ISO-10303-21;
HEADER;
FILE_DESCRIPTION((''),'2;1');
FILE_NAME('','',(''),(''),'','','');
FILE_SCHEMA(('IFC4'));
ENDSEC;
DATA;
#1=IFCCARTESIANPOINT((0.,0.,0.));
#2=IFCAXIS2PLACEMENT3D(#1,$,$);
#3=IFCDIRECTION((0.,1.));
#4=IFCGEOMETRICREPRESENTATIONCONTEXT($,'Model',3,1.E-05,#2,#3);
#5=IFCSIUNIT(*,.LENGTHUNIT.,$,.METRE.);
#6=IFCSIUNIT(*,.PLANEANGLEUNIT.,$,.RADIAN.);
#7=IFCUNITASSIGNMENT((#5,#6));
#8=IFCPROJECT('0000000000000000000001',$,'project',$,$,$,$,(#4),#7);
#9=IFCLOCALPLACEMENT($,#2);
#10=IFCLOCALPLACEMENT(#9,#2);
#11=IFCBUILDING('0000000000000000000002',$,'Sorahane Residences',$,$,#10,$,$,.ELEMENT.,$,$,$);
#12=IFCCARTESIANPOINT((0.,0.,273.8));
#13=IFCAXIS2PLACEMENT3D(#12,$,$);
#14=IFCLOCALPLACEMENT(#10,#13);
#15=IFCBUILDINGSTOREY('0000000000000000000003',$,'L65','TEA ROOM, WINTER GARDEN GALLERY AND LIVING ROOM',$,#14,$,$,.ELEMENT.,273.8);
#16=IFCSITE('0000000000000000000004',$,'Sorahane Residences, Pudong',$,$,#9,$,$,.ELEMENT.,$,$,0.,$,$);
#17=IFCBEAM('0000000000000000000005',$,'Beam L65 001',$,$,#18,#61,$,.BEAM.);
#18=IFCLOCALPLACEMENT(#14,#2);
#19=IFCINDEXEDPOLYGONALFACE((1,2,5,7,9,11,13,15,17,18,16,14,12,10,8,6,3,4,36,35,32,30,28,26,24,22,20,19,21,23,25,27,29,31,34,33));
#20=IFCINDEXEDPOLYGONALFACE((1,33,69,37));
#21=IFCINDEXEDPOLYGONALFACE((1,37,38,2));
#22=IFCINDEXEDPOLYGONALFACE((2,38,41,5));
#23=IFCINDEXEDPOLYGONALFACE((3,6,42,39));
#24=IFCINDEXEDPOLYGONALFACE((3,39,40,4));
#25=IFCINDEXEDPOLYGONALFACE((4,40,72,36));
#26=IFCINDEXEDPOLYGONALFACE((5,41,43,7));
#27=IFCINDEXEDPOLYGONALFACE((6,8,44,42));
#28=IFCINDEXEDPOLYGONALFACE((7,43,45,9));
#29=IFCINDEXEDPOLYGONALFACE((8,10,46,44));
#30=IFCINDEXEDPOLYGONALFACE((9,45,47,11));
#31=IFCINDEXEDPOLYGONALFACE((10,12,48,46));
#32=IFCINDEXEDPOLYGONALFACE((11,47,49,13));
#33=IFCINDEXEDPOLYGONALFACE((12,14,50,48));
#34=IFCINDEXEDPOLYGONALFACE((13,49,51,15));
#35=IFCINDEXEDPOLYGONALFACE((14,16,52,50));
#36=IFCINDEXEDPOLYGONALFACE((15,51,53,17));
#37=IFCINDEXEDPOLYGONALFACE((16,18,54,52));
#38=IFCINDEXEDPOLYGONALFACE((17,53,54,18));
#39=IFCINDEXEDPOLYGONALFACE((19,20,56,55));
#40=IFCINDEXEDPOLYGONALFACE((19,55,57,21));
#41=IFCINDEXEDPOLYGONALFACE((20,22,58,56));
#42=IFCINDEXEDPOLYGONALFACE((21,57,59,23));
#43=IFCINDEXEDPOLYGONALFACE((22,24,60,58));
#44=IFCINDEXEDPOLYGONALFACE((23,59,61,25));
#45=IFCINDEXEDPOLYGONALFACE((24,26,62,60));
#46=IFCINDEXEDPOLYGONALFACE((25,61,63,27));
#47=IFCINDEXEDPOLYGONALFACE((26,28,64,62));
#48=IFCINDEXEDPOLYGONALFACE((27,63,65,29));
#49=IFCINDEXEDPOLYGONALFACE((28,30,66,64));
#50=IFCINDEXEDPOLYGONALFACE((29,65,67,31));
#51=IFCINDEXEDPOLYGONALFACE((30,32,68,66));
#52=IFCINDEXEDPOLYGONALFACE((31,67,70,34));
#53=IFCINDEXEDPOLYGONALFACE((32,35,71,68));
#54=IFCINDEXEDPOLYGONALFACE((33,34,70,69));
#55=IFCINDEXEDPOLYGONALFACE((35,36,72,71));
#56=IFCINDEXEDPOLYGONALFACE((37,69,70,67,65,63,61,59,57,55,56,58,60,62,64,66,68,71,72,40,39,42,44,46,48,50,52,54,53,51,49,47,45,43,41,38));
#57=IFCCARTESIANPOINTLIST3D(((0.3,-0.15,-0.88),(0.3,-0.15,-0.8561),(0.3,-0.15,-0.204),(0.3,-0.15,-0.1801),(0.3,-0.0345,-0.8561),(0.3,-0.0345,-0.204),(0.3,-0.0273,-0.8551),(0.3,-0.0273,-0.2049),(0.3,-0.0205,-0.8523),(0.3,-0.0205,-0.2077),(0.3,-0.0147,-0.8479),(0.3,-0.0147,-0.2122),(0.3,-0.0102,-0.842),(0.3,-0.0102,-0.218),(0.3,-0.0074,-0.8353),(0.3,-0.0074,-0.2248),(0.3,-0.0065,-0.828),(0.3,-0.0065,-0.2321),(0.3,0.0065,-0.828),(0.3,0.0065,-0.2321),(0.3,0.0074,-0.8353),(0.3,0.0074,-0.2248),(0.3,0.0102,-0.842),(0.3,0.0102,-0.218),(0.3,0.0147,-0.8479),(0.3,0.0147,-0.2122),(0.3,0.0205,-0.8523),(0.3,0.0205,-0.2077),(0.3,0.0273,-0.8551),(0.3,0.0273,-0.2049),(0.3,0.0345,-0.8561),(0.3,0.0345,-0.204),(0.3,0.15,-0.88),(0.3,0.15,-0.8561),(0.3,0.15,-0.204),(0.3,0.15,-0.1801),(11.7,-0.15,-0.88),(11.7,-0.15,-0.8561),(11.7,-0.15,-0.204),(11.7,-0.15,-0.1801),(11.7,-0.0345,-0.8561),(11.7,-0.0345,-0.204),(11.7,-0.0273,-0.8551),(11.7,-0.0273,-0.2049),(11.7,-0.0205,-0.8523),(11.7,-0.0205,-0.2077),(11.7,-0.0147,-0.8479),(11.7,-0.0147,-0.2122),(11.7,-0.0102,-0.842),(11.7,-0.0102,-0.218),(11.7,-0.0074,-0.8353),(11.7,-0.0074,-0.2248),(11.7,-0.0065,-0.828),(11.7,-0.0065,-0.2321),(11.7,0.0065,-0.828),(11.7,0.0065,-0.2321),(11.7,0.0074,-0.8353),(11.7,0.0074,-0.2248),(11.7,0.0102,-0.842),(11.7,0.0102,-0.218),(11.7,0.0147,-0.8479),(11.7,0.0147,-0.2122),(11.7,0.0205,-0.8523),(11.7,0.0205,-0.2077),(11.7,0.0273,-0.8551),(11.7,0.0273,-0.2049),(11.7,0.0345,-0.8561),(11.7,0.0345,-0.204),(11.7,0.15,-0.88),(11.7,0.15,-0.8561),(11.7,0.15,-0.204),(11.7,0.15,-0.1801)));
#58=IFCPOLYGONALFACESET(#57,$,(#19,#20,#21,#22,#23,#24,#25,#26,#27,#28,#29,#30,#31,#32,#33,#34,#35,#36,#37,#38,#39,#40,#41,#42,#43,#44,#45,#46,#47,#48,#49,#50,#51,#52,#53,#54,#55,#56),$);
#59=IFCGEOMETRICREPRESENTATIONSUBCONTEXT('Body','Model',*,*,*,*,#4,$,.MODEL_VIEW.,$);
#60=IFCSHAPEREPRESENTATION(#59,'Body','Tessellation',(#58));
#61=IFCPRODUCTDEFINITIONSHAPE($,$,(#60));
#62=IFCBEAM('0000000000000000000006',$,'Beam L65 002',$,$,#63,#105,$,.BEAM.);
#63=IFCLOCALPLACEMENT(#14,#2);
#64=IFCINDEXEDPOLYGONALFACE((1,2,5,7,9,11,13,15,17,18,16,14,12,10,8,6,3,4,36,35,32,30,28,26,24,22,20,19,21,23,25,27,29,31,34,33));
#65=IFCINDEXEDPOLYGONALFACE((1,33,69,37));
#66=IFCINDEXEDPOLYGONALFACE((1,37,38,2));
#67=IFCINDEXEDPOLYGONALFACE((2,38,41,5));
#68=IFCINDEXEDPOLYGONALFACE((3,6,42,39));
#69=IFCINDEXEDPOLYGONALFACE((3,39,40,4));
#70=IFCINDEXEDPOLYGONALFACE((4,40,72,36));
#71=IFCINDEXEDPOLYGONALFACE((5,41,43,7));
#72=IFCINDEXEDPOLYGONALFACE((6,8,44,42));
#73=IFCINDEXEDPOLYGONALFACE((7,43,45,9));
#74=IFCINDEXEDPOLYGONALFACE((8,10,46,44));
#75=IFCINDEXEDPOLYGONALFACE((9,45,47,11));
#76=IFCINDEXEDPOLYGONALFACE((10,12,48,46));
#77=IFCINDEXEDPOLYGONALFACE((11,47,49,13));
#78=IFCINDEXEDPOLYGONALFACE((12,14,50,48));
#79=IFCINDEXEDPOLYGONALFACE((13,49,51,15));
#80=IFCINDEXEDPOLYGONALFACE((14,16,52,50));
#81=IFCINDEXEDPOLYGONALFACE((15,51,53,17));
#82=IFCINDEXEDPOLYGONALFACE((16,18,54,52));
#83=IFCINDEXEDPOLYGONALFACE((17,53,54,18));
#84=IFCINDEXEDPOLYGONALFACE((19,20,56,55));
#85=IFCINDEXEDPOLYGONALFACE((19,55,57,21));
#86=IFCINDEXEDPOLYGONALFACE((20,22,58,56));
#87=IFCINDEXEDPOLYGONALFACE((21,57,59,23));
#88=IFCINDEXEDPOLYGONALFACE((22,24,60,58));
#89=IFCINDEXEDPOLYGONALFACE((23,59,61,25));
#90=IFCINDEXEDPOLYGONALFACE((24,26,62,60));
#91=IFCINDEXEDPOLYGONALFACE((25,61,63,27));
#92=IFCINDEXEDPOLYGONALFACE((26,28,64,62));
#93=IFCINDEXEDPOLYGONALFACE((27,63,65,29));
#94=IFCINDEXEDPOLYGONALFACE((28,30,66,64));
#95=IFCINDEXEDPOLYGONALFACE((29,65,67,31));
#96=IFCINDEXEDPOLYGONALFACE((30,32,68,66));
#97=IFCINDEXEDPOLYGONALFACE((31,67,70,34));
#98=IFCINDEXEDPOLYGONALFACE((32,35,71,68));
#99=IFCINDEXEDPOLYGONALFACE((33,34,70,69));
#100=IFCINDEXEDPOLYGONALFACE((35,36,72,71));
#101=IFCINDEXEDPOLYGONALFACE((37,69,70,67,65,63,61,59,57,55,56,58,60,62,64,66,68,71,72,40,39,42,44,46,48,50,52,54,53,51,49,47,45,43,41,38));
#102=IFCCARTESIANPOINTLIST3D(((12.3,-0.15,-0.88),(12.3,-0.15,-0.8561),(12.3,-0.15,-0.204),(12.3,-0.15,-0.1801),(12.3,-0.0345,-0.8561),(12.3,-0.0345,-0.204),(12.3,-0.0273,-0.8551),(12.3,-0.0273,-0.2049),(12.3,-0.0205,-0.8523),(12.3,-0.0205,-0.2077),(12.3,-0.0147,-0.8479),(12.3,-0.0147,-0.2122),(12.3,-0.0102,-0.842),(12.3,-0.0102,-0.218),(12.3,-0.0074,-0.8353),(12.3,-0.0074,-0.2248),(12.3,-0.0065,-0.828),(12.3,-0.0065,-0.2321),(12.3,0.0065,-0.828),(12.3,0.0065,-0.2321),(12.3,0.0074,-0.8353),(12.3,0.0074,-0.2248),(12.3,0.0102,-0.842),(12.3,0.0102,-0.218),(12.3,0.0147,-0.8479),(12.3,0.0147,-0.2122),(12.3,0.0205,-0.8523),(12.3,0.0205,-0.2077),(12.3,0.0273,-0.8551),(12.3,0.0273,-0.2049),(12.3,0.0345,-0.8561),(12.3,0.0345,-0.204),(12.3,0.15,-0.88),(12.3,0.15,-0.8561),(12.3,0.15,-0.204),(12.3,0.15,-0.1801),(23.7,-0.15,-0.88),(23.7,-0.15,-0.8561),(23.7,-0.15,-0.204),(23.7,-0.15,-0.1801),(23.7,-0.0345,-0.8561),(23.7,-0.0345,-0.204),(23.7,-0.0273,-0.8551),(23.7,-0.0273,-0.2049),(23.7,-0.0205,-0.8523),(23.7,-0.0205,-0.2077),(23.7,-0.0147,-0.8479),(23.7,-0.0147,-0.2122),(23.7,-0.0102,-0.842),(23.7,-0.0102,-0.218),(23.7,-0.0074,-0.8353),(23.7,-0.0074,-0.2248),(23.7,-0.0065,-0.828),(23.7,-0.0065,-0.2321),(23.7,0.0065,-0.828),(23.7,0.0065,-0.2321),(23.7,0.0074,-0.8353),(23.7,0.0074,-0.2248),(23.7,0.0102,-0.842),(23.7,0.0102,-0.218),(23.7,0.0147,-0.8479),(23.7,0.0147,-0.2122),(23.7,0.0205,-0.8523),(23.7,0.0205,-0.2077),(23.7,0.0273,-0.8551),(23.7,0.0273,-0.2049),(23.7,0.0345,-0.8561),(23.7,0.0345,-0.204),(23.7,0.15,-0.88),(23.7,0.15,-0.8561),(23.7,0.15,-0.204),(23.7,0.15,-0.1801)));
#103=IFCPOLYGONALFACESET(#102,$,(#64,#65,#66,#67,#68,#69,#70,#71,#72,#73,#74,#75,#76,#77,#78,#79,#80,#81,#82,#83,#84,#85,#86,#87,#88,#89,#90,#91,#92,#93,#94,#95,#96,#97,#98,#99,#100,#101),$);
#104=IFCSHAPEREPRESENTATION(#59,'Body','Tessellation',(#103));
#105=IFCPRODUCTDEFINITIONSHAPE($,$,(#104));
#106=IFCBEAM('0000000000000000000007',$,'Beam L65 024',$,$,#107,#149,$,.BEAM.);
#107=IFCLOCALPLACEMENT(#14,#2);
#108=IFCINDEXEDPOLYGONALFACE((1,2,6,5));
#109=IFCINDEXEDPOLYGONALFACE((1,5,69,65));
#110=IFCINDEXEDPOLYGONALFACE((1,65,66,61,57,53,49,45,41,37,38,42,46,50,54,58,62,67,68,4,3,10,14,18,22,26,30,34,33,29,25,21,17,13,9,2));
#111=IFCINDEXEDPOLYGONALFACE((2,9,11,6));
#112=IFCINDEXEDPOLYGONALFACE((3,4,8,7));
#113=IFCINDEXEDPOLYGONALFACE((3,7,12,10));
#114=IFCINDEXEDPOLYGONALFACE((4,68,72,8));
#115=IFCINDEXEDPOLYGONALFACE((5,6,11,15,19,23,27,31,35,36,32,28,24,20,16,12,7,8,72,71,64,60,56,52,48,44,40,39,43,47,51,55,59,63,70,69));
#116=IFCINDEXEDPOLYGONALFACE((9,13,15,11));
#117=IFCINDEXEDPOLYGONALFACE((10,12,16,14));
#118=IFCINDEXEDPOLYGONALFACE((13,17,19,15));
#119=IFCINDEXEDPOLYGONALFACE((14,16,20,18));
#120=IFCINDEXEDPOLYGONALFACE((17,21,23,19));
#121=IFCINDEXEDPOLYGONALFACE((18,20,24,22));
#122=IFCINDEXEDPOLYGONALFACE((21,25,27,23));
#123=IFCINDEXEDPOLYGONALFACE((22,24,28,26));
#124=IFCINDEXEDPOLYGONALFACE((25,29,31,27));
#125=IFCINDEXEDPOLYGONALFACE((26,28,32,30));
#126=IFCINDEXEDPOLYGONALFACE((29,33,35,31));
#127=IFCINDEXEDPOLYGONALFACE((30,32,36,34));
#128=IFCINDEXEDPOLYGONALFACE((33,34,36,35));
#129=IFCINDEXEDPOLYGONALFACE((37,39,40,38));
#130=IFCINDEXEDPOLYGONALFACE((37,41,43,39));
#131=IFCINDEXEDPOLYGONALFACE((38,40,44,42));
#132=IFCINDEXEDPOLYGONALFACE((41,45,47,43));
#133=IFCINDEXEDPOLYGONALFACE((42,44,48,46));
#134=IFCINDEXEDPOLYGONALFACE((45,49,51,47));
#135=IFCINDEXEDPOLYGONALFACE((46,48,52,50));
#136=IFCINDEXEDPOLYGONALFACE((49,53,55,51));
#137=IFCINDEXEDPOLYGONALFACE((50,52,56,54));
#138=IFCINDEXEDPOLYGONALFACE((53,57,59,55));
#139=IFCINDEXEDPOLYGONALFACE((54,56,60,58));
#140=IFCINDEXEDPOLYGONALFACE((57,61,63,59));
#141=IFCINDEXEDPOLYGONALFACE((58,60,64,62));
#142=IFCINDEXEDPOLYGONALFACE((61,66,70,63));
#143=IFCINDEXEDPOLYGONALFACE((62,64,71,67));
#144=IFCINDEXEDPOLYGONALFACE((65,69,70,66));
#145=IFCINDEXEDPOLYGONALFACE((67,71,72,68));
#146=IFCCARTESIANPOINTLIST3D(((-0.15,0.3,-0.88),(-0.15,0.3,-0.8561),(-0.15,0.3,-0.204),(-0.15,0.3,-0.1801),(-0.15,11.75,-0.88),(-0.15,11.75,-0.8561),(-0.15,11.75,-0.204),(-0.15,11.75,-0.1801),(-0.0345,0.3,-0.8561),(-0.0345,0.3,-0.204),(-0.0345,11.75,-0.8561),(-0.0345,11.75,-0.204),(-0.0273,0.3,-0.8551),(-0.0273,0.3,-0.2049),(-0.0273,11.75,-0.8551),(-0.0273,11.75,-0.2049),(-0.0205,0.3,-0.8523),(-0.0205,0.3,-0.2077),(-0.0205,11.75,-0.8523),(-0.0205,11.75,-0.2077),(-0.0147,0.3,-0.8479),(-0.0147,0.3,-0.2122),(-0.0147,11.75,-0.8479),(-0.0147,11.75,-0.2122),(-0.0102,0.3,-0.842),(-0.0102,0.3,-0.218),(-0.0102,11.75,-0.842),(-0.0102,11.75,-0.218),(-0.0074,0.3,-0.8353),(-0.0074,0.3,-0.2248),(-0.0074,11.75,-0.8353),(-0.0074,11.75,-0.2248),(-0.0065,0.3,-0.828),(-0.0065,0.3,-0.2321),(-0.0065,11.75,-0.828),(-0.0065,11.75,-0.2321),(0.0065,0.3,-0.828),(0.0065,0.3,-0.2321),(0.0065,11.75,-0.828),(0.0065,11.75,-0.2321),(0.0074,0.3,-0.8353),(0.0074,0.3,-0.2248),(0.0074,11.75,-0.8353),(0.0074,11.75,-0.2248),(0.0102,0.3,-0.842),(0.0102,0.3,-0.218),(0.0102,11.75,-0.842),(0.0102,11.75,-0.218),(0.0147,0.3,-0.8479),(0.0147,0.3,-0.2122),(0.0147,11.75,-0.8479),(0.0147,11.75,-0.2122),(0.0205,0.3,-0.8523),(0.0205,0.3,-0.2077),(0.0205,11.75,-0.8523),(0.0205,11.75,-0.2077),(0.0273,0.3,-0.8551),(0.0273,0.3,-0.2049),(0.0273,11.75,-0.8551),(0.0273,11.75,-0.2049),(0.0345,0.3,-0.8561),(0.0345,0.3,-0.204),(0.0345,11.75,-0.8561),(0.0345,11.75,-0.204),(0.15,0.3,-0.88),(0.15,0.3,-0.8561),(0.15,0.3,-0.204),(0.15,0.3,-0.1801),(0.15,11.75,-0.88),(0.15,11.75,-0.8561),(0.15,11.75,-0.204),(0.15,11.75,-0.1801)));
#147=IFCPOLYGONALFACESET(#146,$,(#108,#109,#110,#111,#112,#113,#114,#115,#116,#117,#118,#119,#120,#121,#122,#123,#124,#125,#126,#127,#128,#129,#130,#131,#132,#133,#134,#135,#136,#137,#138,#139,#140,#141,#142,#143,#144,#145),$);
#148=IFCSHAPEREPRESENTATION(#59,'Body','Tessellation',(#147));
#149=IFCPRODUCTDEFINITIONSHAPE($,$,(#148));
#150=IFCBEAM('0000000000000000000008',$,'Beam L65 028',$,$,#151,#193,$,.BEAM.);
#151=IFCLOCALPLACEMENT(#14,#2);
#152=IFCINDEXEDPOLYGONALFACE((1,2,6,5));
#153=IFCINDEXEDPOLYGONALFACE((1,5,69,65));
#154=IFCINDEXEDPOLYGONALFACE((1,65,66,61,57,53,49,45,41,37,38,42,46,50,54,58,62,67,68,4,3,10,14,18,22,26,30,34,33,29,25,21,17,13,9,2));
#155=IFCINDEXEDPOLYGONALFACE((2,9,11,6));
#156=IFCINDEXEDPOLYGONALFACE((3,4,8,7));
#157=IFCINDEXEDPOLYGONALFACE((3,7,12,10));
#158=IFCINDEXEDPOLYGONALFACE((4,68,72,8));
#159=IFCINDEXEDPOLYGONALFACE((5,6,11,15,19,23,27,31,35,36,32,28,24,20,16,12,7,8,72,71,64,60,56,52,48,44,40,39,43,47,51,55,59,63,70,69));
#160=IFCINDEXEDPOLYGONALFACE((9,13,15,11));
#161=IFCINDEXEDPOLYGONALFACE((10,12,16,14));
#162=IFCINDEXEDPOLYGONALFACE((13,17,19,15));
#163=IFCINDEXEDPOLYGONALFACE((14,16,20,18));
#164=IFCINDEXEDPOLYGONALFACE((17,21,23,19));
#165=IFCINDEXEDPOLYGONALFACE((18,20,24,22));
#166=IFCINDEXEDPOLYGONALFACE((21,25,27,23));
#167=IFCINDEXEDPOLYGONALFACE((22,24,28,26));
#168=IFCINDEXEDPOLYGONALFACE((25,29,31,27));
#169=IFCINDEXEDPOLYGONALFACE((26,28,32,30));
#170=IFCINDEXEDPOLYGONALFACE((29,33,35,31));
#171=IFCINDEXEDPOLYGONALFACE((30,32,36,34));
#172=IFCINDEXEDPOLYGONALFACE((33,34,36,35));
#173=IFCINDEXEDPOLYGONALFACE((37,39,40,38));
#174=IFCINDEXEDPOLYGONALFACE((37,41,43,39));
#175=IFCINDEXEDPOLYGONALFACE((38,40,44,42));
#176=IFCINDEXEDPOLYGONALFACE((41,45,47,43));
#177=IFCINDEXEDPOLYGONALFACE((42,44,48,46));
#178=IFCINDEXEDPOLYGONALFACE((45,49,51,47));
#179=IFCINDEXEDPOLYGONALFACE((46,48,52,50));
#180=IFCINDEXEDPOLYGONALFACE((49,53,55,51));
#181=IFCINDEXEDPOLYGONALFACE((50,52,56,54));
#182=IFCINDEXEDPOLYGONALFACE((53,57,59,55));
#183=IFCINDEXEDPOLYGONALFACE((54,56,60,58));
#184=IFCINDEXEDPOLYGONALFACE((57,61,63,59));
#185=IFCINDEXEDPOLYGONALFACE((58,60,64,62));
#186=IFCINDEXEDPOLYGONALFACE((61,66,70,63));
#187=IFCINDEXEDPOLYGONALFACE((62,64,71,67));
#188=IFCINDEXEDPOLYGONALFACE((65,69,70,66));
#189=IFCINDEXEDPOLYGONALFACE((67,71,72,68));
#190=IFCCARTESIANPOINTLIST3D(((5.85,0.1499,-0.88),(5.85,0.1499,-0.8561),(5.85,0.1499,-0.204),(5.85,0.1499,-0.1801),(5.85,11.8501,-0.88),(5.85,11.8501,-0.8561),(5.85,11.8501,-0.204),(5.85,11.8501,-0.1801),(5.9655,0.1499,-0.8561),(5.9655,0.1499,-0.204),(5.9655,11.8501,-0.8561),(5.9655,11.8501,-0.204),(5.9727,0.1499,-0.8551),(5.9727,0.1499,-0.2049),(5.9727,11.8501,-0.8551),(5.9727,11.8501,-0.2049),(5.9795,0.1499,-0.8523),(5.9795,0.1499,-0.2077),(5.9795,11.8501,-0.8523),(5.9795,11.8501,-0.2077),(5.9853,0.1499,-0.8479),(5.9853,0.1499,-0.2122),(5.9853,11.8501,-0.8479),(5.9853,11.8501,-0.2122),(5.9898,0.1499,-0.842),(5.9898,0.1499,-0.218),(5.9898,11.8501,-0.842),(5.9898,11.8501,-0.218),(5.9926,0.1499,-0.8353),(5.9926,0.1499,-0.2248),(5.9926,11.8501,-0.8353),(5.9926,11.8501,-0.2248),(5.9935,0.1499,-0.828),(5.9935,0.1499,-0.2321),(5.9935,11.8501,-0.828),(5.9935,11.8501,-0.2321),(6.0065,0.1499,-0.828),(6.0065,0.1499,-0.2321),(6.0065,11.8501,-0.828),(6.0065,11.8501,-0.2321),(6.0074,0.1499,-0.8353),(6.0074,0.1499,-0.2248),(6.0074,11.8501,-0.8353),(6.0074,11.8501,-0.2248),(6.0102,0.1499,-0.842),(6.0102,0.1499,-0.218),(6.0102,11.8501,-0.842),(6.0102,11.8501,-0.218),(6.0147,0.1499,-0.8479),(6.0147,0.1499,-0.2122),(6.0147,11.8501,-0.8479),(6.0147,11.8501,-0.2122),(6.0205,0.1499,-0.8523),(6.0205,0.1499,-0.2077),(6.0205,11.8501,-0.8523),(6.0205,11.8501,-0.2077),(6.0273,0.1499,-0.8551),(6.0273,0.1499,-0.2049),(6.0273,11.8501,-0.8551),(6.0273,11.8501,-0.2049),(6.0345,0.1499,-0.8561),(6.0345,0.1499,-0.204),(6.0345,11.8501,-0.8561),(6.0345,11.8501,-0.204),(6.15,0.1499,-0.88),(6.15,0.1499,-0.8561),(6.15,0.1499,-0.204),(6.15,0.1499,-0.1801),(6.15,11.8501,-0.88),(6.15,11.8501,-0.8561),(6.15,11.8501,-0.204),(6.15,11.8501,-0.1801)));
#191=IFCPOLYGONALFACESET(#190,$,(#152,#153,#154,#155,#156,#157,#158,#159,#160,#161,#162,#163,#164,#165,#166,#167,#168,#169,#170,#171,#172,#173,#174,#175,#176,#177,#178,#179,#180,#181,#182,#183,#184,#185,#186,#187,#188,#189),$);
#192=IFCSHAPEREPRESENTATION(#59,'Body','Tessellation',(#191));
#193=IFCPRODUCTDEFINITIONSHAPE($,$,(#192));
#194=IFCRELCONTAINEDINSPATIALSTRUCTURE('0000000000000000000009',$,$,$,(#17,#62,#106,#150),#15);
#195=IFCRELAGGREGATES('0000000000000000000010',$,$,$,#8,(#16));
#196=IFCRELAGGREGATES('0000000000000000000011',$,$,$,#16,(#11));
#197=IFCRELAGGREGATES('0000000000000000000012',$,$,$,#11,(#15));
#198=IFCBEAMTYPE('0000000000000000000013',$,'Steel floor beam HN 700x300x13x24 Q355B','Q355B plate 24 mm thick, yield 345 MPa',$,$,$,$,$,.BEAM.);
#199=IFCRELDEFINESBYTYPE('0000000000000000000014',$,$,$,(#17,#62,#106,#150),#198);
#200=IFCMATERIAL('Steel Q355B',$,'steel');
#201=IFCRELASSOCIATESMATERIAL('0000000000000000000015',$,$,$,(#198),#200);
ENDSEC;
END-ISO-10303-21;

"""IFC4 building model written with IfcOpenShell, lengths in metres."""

from ifc_helpers import new_model, si_unit, direction, frame, origin, origin_2d, place, context, subcontext, project, spatial, i_section, extrude, material, material_profile, profile_set, type_object, element, save


model = new_model("IFC4")

# Units and contexts
model_context = context("Model", 3, precision=1e-05, world=origin(), true_north=direction((0.0, 1.0)))
body_context = subcontext(model_context, "Body", "Model", "MODEL_VIEW")
ifc_project = project(units=[si_unit("LENGTHUNIT", "METRE"), si_unit("PLANEANGLEUNIT", "RADIAN")], contexts=[model_context])

# Site, building, storey
site_placement = place(None, origin())
site = spatial("IfcSite", under=ifc_project, at=site_placement, Name="Sorahane Residences, Pudong", CompositionType="ELEMENT", RefElevation=0.0)
building_placement = place(site_placement, origin())
building = spatial("IfcBuilding", under=site, at=building_placement, Name="Sorahane Residences", CompositionType="ELEMENT")
storey_placement = place(building_placement, frame((0.0, 0.0, 273.8)))
storey = spatial("IfcBuildingStorey", under=building, at=storey_placement, Name="L65", Description="TEA ROOM, WINTER GARDEN GALLERY AND LIVING ROOM", CompositionType="ELEMENT", Elevation=273.8)

# Beams
ifc_material_1 = material(Name="Steel Q355B", Category="steel")
ifc_material_profile_1 = material_profile(ifc_material_1, i_section(OverallWidth=0.3, OverallDepth=0.7, WebThickness=0.0129, FlangeThickness=0.0239, FilletRadius=0.0281, at=origin_2d()), Name="HN 700x300x13x24")
ifc_profile_set_1 = profile_set([ifc_material_profile_1], Name="Steel Q355B")
beam_type_1 = type_object("IfcBeamType", Name="Steel floor beam HN 700x300x13x24 Q355B", Description="Q355B plate 24 mm thick, yield 345 MPa", PredefinedType="BEAM", material=ifc_profile_set_1)
for number, where, z_axis, x_axis, name in (
    (1, (0.3, 0.0, -0.53), (1.0, 0.0, 0.0), (0.0, 1.0, 0.0), "Beam L65 001"),
    (2, (12.3, 0.0, -0.53), (1.0, 0.0, 0.0), (0.0, 1.0, 0.0), "Beam L65 002"),
):
    element("IfcBeam", number, at=place(storey_placement, frame(where, z_axis=z_axis, x_axis=x_axis)), inside=storey, type_object=beam_type_1, Name=name, PredefinedType="BEAM", context=body_context, shape_type="SweptSolid", body=[
        extrude(i_section(OverallWidth=0.3, OverallDepth=0.7, WebThickness=0.0129, FlangeThickness=0.0239, FilletRadius=0.0281, at=origin_2d()), origin(), (0.0, 0.0, 1.0), 11.3999),
    ])
beam_1_placement = place(storey_placement, frame((0.0, 0.3, -0.53), z_axis=(0.0, 1.0, 0.0), x_axis=(-1.0, 0.0, 0.0)))
element("IfcBeam", 3, at=beam_1_placement, inside=storey, type_object=beam_type_1, Name="Beam L65 024", PredefinedType="BEAM", context=body_context, shape_type="SweptSolid", body=[
    extrude(i_section(OverallWidth=0.3, OverallDepth=0.7, WebThickness=0.0129, FlangeThickness=0.0239, FilletRadius=0.0281, at=origin_2d()), origin(), (0.0, 0.0, 1.0), 11.45),
])
beam_2_placement = place(storey_placement, frame((6.0, 0.1499, -0.53), z_axis=(0.0, 1.0, 0.0), x_axis=(-1.0, 0.0, 0.0)))
element("IfcBeam", 4, at=beam_2_placement, inside=storey, type_object=beam_type_1, Name="Beam L65 028", PredefinedType="BEAM", context=body_context, shape_type="SweptSolid", body=[
    extrude(i_section(OverallWidth=0.3, OverallDepth=0.7, WebThickness=0.0129, FlangeThickness=0.0239, FilletRadius=0.0281, at=origin_2d()), origin(), (0.0, 0.0, 1.0), 11.7002),
])

save(model, "model.ifc")
